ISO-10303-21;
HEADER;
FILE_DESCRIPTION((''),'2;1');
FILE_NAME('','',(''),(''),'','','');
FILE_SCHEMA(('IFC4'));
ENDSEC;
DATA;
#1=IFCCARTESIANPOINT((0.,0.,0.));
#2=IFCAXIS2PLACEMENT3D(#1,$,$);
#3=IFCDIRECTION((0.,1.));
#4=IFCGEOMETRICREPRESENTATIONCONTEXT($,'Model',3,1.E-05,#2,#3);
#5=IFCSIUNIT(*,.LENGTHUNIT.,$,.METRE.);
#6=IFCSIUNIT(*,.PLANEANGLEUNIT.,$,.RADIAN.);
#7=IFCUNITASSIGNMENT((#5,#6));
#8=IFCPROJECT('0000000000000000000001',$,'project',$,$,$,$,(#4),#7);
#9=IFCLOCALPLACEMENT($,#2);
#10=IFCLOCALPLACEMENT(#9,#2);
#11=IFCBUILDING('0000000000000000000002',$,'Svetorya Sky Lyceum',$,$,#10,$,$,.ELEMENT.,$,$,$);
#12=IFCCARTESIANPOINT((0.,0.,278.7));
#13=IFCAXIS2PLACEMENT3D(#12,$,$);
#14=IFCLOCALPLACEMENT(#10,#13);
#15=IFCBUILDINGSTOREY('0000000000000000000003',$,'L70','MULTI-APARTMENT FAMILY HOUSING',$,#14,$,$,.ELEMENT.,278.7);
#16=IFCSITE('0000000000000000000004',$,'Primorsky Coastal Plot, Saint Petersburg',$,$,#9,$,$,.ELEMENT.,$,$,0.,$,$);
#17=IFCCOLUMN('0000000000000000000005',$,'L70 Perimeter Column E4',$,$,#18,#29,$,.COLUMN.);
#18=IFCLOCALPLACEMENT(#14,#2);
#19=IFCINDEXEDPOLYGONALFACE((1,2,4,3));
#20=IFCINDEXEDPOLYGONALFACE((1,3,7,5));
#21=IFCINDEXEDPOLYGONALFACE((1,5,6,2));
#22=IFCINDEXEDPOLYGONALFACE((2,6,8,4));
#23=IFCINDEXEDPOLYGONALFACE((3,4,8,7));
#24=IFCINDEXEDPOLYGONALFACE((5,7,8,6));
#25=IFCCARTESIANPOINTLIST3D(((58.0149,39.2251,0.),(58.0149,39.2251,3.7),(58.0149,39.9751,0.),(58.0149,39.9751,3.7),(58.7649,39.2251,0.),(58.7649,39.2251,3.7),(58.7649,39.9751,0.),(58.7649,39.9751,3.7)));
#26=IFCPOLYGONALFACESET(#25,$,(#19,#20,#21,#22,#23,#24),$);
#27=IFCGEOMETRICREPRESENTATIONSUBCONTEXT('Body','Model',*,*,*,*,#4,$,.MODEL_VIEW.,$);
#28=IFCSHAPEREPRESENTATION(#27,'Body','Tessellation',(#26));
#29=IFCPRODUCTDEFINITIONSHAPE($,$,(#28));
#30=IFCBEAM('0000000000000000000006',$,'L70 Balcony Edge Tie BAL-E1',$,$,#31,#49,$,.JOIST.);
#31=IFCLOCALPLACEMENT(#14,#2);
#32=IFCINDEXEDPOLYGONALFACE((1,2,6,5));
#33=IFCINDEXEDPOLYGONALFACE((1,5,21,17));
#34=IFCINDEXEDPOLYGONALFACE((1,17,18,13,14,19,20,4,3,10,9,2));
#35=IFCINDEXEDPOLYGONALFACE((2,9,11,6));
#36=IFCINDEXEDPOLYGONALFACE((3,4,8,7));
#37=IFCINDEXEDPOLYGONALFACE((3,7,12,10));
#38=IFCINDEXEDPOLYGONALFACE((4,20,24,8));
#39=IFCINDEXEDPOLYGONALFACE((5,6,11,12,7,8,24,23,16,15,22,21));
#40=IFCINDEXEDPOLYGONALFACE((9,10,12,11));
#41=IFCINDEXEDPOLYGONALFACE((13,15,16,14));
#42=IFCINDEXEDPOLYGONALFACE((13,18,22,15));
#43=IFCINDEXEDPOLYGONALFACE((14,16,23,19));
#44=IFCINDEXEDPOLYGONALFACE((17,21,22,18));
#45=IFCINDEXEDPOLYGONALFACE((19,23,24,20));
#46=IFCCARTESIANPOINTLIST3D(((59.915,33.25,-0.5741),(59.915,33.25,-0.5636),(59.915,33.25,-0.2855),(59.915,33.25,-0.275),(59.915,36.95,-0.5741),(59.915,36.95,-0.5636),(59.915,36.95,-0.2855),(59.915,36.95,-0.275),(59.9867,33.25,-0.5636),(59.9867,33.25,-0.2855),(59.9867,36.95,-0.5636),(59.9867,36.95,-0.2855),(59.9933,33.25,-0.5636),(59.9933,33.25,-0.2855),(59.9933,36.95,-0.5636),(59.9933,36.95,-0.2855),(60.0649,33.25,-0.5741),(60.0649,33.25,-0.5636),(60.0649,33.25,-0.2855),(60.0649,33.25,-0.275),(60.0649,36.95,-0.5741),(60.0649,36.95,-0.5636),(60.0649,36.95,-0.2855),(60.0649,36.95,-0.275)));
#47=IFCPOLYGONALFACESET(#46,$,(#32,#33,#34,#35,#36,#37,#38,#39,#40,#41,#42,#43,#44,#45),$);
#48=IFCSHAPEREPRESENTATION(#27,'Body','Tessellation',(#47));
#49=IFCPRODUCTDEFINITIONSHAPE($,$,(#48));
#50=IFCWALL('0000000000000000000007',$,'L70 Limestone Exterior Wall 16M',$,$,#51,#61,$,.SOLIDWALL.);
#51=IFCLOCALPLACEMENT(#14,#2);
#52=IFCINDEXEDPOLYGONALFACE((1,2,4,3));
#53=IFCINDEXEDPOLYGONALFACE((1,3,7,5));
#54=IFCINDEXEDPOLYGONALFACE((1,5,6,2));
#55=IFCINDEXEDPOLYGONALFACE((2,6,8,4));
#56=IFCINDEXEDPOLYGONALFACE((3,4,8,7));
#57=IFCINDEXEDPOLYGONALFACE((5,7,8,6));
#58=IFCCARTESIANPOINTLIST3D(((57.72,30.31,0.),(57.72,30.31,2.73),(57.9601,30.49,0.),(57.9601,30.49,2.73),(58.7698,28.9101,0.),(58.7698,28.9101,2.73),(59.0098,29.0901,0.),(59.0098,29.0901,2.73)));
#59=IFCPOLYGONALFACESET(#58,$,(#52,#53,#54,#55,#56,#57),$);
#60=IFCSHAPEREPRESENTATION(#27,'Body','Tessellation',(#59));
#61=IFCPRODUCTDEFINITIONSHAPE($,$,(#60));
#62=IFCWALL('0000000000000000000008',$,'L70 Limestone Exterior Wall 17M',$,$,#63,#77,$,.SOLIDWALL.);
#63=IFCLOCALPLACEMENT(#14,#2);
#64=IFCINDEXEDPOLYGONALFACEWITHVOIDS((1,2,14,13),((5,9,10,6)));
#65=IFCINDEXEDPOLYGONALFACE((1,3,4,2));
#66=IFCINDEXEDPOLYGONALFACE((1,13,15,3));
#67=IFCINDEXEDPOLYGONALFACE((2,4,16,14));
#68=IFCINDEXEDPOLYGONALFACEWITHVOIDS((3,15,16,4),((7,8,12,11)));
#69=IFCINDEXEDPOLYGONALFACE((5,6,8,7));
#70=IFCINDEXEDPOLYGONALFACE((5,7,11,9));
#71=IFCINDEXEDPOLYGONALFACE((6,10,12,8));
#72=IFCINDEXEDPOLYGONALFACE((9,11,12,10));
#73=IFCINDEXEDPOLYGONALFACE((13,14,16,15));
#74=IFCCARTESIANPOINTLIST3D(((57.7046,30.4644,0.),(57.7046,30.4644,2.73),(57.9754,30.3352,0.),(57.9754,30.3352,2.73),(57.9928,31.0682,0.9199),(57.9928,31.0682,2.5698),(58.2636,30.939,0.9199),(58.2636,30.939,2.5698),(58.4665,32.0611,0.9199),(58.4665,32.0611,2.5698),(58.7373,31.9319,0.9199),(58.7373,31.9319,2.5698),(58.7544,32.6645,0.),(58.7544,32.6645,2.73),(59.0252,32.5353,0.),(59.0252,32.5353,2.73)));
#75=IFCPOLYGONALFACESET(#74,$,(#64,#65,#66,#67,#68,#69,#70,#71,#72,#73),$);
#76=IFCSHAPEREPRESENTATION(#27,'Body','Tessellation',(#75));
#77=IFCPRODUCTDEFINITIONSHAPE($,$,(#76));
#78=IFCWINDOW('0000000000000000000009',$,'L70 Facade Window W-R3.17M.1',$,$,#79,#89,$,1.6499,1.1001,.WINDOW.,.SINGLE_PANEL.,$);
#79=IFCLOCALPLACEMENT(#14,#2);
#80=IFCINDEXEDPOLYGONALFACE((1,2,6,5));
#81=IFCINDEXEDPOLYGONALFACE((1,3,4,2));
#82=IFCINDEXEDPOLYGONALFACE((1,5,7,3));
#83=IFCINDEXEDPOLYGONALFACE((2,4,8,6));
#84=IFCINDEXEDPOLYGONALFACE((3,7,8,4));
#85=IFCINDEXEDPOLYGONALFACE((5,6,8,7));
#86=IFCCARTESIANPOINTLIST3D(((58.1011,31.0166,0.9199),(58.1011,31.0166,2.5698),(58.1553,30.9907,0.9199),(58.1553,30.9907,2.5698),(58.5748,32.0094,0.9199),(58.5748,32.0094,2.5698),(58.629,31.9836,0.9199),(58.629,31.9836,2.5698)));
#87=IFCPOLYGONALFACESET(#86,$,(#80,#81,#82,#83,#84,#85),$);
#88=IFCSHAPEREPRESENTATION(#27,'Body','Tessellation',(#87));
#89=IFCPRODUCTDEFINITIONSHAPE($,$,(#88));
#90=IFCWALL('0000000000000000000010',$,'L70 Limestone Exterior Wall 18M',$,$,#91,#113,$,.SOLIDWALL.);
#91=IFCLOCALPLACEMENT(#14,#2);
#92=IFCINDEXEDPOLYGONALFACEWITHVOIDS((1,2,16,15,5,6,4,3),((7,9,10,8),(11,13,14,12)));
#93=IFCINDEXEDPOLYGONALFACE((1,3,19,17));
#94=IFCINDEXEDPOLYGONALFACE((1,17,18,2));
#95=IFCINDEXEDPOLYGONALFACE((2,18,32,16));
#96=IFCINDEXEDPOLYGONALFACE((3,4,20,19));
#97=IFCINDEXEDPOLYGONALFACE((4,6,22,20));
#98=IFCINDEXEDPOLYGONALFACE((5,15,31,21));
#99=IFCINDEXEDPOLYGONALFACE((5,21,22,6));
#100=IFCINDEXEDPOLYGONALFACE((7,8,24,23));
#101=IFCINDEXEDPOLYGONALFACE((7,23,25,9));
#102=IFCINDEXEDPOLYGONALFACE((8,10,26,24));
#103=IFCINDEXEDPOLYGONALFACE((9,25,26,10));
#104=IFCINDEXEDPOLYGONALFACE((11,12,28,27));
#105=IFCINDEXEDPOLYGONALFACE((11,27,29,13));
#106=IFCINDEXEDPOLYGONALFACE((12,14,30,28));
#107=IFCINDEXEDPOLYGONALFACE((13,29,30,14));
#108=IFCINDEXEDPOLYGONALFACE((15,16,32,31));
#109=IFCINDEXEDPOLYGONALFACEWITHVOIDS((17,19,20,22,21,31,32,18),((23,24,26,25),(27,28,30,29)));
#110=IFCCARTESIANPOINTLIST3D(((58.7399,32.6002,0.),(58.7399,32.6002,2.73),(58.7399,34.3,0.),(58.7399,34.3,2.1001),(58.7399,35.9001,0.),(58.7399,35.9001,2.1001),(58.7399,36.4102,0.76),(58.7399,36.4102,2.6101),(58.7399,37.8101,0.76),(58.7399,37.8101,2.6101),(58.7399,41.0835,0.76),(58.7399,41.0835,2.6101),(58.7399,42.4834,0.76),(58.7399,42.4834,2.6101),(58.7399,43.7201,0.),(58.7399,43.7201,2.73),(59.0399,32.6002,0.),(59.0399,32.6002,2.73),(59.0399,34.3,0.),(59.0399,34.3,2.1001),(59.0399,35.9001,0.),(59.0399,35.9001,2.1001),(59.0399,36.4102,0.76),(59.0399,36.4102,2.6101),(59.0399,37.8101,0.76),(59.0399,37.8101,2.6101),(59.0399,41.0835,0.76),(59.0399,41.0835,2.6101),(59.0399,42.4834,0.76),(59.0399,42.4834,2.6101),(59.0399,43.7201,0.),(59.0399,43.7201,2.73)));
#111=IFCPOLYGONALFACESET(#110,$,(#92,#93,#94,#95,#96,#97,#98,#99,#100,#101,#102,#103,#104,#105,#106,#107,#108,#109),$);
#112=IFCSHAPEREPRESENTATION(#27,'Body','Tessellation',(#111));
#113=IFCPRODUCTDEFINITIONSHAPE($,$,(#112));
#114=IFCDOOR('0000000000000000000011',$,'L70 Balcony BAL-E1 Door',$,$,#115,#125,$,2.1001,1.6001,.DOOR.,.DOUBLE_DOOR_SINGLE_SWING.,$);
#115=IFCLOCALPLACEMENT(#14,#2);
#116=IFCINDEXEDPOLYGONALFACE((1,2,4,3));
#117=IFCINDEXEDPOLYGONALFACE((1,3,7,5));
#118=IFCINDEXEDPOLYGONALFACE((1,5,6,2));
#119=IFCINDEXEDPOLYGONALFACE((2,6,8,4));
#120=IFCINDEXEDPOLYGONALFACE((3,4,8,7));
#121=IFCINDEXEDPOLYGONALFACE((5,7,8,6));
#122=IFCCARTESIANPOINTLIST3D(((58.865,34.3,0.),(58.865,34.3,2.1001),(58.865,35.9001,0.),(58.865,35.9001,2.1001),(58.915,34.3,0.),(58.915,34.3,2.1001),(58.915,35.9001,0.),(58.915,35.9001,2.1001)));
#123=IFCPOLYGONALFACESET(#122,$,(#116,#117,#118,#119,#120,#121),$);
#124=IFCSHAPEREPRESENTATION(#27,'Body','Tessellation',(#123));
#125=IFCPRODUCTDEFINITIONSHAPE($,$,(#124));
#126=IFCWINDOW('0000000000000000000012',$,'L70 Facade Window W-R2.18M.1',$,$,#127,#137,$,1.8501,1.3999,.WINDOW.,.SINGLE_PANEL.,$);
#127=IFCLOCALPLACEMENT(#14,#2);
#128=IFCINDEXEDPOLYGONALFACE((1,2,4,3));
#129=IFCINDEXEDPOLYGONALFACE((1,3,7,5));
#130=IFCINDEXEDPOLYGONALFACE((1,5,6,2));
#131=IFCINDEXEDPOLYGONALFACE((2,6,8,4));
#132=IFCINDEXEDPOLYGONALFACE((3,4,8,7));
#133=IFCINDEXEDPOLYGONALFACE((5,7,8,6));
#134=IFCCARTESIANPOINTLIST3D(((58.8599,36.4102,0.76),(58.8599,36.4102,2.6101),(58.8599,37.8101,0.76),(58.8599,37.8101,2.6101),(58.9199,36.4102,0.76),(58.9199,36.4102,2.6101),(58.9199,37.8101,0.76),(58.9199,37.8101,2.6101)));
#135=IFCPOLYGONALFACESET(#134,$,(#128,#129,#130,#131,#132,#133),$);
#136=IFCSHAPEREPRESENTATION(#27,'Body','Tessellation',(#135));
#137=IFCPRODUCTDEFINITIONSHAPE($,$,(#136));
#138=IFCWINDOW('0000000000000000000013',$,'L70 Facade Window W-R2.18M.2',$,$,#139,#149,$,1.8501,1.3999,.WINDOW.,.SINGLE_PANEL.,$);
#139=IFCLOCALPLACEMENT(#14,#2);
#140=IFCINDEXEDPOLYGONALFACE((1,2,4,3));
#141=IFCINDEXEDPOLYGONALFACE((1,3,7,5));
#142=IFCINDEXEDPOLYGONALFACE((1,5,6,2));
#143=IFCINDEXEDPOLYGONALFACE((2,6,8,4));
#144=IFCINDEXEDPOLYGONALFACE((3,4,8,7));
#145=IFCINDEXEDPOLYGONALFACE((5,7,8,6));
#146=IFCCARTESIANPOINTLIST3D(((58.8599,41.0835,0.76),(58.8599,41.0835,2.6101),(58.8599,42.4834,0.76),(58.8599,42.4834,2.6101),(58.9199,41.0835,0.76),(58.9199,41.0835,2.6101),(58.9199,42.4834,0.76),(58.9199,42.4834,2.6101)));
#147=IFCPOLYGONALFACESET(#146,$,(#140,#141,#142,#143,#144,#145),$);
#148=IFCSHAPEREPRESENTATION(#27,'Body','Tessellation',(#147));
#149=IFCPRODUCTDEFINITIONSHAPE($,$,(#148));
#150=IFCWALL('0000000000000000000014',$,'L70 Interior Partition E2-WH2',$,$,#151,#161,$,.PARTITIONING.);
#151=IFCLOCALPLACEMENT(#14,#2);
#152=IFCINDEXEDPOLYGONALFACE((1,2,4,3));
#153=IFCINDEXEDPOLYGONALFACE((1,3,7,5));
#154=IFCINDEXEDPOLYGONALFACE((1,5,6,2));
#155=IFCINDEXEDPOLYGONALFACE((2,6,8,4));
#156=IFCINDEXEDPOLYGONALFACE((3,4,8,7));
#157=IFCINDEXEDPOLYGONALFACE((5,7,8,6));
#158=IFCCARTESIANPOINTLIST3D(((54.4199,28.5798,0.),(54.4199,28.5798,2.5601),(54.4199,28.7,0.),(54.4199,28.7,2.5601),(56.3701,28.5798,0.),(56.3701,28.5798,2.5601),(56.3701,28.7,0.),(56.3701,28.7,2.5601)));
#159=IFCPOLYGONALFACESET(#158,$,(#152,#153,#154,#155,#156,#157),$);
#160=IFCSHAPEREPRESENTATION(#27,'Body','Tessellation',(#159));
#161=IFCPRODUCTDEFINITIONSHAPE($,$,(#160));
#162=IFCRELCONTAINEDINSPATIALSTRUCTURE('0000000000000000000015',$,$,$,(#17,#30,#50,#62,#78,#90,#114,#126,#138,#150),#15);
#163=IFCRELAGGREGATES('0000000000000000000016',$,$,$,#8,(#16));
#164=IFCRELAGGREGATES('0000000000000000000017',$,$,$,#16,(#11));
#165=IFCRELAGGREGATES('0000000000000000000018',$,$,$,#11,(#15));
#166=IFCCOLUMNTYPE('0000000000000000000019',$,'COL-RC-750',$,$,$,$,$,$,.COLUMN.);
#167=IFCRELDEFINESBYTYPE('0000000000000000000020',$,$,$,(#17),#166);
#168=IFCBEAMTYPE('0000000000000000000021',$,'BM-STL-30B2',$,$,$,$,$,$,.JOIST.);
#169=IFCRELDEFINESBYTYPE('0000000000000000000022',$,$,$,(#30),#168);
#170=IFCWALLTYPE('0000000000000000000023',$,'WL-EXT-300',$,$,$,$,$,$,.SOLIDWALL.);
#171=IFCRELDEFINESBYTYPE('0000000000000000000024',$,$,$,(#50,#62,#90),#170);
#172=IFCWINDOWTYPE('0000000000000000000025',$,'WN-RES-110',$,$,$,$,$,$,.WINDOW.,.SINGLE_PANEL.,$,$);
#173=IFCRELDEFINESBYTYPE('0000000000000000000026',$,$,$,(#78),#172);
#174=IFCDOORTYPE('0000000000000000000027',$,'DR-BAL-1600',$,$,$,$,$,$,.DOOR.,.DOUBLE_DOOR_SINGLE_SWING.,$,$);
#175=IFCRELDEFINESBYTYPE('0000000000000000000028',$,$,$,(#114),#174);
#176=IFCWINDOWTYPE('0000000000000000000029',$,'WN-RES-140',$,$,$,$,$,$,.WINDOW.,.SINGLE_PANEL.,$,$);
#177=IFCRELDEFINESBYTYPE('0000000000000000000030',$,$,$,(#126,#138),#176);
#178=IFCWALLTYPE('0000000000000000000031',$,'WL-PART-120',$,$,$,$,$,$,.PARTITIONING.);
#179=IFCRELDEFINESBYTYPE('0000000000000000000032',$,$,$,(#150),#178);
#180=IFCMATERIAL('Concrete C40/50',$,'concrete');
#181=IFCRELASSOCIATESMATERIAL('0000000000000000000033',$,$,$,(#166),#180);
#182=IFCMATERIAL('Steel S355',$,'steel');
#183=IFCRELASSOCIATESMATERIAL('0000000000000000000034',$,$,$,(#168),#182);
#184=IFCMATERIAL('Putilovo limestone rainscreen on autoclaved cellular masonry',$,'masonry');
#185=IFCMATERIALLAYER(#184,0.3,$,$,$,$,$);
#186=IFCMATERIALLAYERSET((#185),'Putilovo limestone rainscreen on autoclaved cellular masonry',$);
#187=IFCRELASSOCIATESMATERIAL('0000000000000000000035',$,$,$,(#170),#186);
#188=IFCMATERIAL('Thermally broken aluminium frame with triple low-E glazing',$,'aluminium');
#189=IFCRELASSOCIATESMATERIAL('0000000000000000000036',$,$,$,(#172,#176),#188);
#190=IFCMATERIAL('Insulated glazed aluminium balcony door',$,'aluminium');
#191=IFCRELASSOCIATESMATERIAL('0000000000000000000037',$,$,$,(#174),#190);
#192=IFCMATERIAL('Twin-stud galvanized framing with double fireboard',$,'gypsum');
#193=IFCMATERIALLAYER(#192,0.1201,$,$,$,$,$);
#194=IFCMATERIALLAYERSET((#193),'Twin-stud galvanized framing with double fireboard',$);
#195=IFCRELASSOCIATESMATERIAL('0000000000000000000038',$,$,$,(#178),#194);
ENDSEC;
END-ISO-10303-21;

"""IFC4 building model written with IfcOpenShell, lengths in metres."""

from ifc_helpers import new_model, si_unit, direction, frame, frame_2d, origin, origin_2d, place, context, subcontext, project, spatial, rectangle, i_section, extrude, material, layer, layer_set, material_profile, profile_set, type_object, element, fill, save


model = new_model("IFC4")

# Units and contexts
model_context = context("Model", 3, precision=1e-05, world=origin(), true_north=direction((0.0, 1.0)))
body_context = subcontext(model_context, "Body", "Model", "MODEL_VIEW")
ifc_project = project(units=[si_unit("LENGTHUNIT", "METRE"), si_unit("PLANEANGLEUNIT", "RADIAN")], contexts=[model_context])

# Site, building, storey
site_placement = place(None, origin())
site = spatial("IfcSite", under=ifc_project, at=site_placement, Name="Primorsky Coastal Plot, Saint Petersburg", CompositionType="ELEMENT", RefElevation=0.0)
building_placement = place(site_placement, origin())
building = spatial("IfcBuilding", under=site, at=building_placement, Name="Svetorya Sky Lyceum", CompositionType="ELEMENT")
storey_placement = place(building_placement, frame((0.0, 0.0, 278.7)))
storey = spatial("IfcBuildingStorey", under=building, at=storey_placement, Name="L70", Description="MULTI-APARTMENT FAMILY HOUSING", CompositionType="ELEMENT", Elevation=278.7)

# Column
ifc_material_1 = material(Name="Concrete C40/50", Category="concrete")
ifc_material_profile_1 = material_profile(ifc_material_1, rectangle(XDim=0.75, YDim=0.75, at=origin_2d()), Name="RC COL 750x750")
ifc_profile_set_1 = profile_set([ifc_material_profile_1], Name="Concrete C40/50")
column_type = type_object("IfcColumnType", Name="COL-RC-750", PredefinedType="COLUMN", material=ifc_profile_set_1)
column_placement = place(storey_placement, frame((58.3899, 39.6001, 0.0), z_axis=(0.0, 0.0, 1.0), x_axis=(1.0, 0.0, 0.0)))
element("IfcColumn", 1, at=column_placement, inside=storey, type_object=column_type, Name="L70 Perimeter Column E4", PredefinedType="COLUMN", context=body_context, shape_type="SweptSolid", body=[
    extrude(rectangle(XDim=0.75, YDim=0.75, at=origin_2d()), origin(), (0.0, 0.0, 1.0), 3.7),
])

# Beam
ifc_material_2 = material(Name="Steel S355", Category="steel")
ifc_material_profile_2 = material_profile(ifc_material_2, i_section(OverallWidth=0.1499, OverallDepth=0.2991, WebThickness=0.0066, FlangeThickness=0.0105, at=origin_2d()), Name="GOST 30B2")
ifc_profile_set_2 = profile_set([ifc_material_profile_2], Name="Steel S355")
beam_type = type_object("IfcBeamType", Name="BM-STL-30B2", PredefinedType="JOIST", material=ifc_profile_set_2)
beam_placement = place(storey_placement, frame((59.99, 33.25, -0.4246), z_axis=(0.0, 1.0, 0.0), x_axis=(-1.0, 0.0, 0.0)))
element("IfcBeam", 2, at=beam_placement, inside=storey, type_object=beam_type, Name="L70 Balcony Edge Tie BAL-E1", PredefinedType="JOIST", context=body_context, shape_type="SweptSolid", body=[
    extrude(i_section(OverallWidth=0.1499, OverallDepth=0.2991, WebThickness=0.0066, FlangeThickness=0.0105, at=origin_2d()), origin(), (0.0, 0.0, 1.0), 3.7),
])

# Wall
ifc_material_3 = material(Name="Putilovo limestone rainscreen on autoclaved cellular masonry", Category="masonry")
ifc_layer_1 = layer(ifc_material_3, 0.3)
ifc_layer_set_1 = layer_set([ifc_layer_1], Name="Putilovo limestone rainscreen on autoclaved cellular masonry")
wall_type_1 = type_object("IfcWallType", Name="WL-EXT-300", PredefinedType="SOLIDWALL", material=ifc_layer_set_1)
wall_1_placement = place(storey_placement, frame((58.8899, 29.0, 0.0), z_axis=(0.0, 0.0, 1.0), x_axis=(-0.599955, 0.800033, 0.0)))
element("IfcWall", 3, at=wall_1_placement, inside=storey, type_object=wall_type_1, Name="L70 Limestone Exterior Wall 16M", PredefinedType="SOLIDWALL", context=body_context, shape_type="SweptSolid", body=[
    extrude(rectangle(XDim=1.7498, YDim=0.3, at=frame_2d((0.875, 0.0))), origin(), (0.0, 0.0, 1.0), 2.73),
])

# Wall, opening, window
wall_2_placement = place(storey_placement, frame((57.8401, 30.3999, 0.0), z_axis=(0.0, 0.0, 1.0), x_axis=(0.430633, 0.902527, 0.0)))
wall_2 = element("IfcWall", 4, at=wall_2_placement, inside=storey, type_object=wall_type_1, Name="L70 Limestone Exterior Wall 17M", PredefinedType="SOLIDWALL", context=body_context, shape_type="SweptSolid", body=[
    extrude(rectangle(XDim=2.4377, YDim=0.3, at=frame_2d((1.2188, 0.0))), origin(), (0.0, 0.0, 1.0), 2.73),
])
opening_1_placement = place(wall_2_placement, frame((0.6689, 0.0, 0.9199)))
opening_1 = element("IfcOpeningElement", 5, at=opening_1_placement, cuts=wall_2, PredefinedType="OPENING", context=body_context, shape_type="SweptSolid", body=[
    extrude(rectangle(XDim=1.1001, YDim=1.6499, at=frame_2d((0.55, 0.825))), frame((0.0, 0.1599, 0.0), z_axis=(0.0, -1.0, 0.0), x_axis=(1.0, 0.0, 0.0)), (0.0, 0.0, 1.0), 0.3201),
])
ifc_material_4 = material(Name="Thermally broken aluminium frame with triple low-E glazing", Category="aluminium")
window_type_1 = type_object("IfcWindowType", Name="WN-RES-110", PartitioningType="SINGLE_PANEL", PredefinedType="WINDOW", material=ifc_material_4)
window_1_placement = place(opening_1_placement, origin())
window_1 = element("IfcWindow", 6, at=window_1_placement, inside=storey, type_object=window_type_1, Name="L70 Facade Window W-R3.17M.1", OverallHeight=1.6499, OverallWidth=1.1001, PartitioningType="SINGLE_PANEL", PredefinedType="WINDOW", context=body_context, shape_type="SweptSolid", body=[
    extrude(rectangle(XDim=1.1001, YDim=1.6499, at=frame_2d((0.55, 0.825))), frame((0.0, 0.03, 0.0), z_axis=(0.0, -1.0, 0.0), x_axis=(1.0, 0.0, 0.0)), (0.0, 0.0, 1.0), 0.0601),
])
fill(opening_1, window_1)

# Wall, openings, door, windows
wall_3_placement = place(storey_placement, frame((58.8899, 32.6001, 0.0), z_axis=(0.0, 0.0, 1.0), x_axis=(0.0, 1.0, 0.0)))
wall_3 = element("IfcWall", 7, at=wall_3_placement, inside=storey, type_object=wall_type_1, Name="L70 Limestone Exterior Wall 18M", PredefinedType="SOLIDWALL", context=body_context, shape_type="SweptSolid", body=[
    extrude(rectangle(XDim=11.1199, YDim=0.3, at=frame_2d((5.5601, 0.0))), origin(), (0.0, 0.0, 1.0), 2.73),
])
opening_2_placement = place(wall_3_placement, frame((1.7, 0.0, 0.0)))
opening_2 = element("IfcOpeningElement", 8, at=opening_2_placement, cuts=wall_3, PredefinedType="OPENING", context=body_context, shape_type="SweptSolid", body=[
    extrude(rectangle(XDim=1.6001, YDim=2.1001, at=frame_2d((0.8, 1.05))), frame((0.0, 0.1599, 0.0), z_axis=(0.0, -1.0, 0.0), x_axis=(1.0, 0.0, 0.0)), (0.0, 0.0, 1.0), 0.3201),
])
opening_3_placement = place(wall_3_placement, frame((3.8101, 0.0, 0.76)))
opening_3 = element("IfcOpeningElement", 9, at=opening_3_placement, cuts=wall_3, PredefinedType="OPENING", context=body_context, shape_type="SweptSolid", body=[
    extrude(rectangle(XDim=1.3999, YDim=1.8501, at=frame_2d((0.7, 0.925))), frame((0.0, 0.1599, 0.0), z_axis=(0.0, -1.0, 0.0), x_axis=(1.0, 0.0, 0.0)), (0.0, 0.0, 1.0), 0.3201),
])
opening_4_placement = place(wall_3_placement, frame((8.4834, 0.0, 0.76)))
opening_4 = element("IfcOpeningElement", 10, at=opening_4_placement, cuts=wall_3, PredefinedType="OPENING", context=body_context, shape_type="SweptSolid", body=[
    extrude(rectangle(XDim=1.3999, YDim=1.8501, at=frame_2d((0.7, 0.925))), frame((0.0, 0.1599, 0.0), z_axis=(0.0, -1.0, 0.0), x_axis=(1.0, 0.0, 0.0)), (0.0, 0.0, 1.0), 0.3201),
])
ifc_material_5 = material(Name="Insulated glazed aluminium balcony door", Category="aluminium")
door_type_1 = type_object("IfcDoorType", Name="DR-BAL-1600", OperationType="DOUBLE_DOOR_SINGLE_SWING", PredefinedType="DOOR", material=ifc_material_5)
door_1_placement = place(opening_2_placement, origin())
door_1 = element("IfcDoor", 11, at=door_1_placement, inside=storey, type_object=door_type_1, Name="L70 Balcony BAL-E1 Door", OperationType="DOUBLE_DOOR_SINGLE_SWING", OverallHeight=2.1001, OverallWidth=1.6001, PredefinedType="DOOR", context=body_context, shape_type="SweptSolid", body=[
    extrude(rectangle(XDim=1.6001, YDim=2.1001, at=frame_2d((0.8, 1.05))), frame((0.0, 0.0249, 0.0), z_axis=(0.0, -1.0, 0.0), x_axis=(1.0, 0.0, 0.0)), (0.0, 0.0, 1.0), 0.05),
])
fill(opening_2, door_1)
window_type_2 = type_object("IfcWindowType", Name="WN-RES-140", PartitioningType="SINGLE_PANEL", PredefinedType="WINDOW", material=ifc_material_4)
window_2_placement = place(opening_3_placement, origin())
window_2 = element("IfcWindow", 12, at=window_2_placement, inside=storey, type_object=window_type_2, Name="L70 Facade Window W-R2.18M.1", OverallHeight=1.8501, OverallWidth=1.3999, PartitioningType="SINGLE_PANEL", PredefinedType="WINDOW", context=body_context, shape_type="SweptSolid", body=[
    extrude(rectangle(XDim=1.3999, YDim=1.8501, at=frame_2d((0.7, 0.925))), frame((0.0, 0.03, 0.0), z_axis=(0.0, -1.0, 0.0), x_axis=(1.0, 0.0, 0.0)), (0.0, 0.0, 1.0), 0.0601),
])
fill(opening_3, window_2)
window_3_placement = place(opening_4_placement, origin())
window_3 = element("IfcWindow", 13, at=window_3_placement, inside=storey, type_object=window_type_2, Name="L70 Facade Window W-R2.18M.2", OverallHeight=1.8501, OverallWidth=1.3999, PartitioningType="SINGLE_PANEL", PredefinedType="WINDOW", context=body_context, shape_type="SweptSolid", body=[
    extrude(rectangle(XDim=1.3999, YDim=1.8501, at=frame_2d((0.7, 0.925))), frame((0.0, 0.03, 0.0), z_axis=(0.0, -1.0, 0.0), x_axis=(1.0, 0.0, 0.0)), (0.0, 0.0, 1.0), 0.0601),
])
fill(opening_4, window_3)

# Wall
ifc_material_6 = material(Name="Twin-stud galvanized framing with double fireboard", Category="gypsum")
ifc_layer_2 = layer(ifc_material_6, 0.1201)
ifc_layer_set_2 = layer_set([ifc_layer_2], Name="Twin-stud galvanized framing with double fireboard")
wall_type_2 = type_object("IfcWallType", Name="WL-PART-120", PredefinedType="PARTITIONING", material=ifc_layer_set_2)
wall_4_placement = place(storey_placement, frame((54.4199, 28.6399, 0.0), z_axis=(0.0, 0.0, 1.0), x_axis=(1.0, 0.0, 0.0)))
element("IfcWall", 14, at=wall_4_placement, inside=storey, type_object=wall_type_2, Name="L70 Interior Partition E2-WH2", PredefinedType="PARTITIONING", context=body_context, shape_type="SweptSolid", body=[
    extrude(rectangle(XDim=1.9502, YDim=0.1201, at=frame_2d((0.9751, 0.0))), origin(), (0.0, 0.0, 1.0), 2.5601),
])

save(model, "model.ifc")
